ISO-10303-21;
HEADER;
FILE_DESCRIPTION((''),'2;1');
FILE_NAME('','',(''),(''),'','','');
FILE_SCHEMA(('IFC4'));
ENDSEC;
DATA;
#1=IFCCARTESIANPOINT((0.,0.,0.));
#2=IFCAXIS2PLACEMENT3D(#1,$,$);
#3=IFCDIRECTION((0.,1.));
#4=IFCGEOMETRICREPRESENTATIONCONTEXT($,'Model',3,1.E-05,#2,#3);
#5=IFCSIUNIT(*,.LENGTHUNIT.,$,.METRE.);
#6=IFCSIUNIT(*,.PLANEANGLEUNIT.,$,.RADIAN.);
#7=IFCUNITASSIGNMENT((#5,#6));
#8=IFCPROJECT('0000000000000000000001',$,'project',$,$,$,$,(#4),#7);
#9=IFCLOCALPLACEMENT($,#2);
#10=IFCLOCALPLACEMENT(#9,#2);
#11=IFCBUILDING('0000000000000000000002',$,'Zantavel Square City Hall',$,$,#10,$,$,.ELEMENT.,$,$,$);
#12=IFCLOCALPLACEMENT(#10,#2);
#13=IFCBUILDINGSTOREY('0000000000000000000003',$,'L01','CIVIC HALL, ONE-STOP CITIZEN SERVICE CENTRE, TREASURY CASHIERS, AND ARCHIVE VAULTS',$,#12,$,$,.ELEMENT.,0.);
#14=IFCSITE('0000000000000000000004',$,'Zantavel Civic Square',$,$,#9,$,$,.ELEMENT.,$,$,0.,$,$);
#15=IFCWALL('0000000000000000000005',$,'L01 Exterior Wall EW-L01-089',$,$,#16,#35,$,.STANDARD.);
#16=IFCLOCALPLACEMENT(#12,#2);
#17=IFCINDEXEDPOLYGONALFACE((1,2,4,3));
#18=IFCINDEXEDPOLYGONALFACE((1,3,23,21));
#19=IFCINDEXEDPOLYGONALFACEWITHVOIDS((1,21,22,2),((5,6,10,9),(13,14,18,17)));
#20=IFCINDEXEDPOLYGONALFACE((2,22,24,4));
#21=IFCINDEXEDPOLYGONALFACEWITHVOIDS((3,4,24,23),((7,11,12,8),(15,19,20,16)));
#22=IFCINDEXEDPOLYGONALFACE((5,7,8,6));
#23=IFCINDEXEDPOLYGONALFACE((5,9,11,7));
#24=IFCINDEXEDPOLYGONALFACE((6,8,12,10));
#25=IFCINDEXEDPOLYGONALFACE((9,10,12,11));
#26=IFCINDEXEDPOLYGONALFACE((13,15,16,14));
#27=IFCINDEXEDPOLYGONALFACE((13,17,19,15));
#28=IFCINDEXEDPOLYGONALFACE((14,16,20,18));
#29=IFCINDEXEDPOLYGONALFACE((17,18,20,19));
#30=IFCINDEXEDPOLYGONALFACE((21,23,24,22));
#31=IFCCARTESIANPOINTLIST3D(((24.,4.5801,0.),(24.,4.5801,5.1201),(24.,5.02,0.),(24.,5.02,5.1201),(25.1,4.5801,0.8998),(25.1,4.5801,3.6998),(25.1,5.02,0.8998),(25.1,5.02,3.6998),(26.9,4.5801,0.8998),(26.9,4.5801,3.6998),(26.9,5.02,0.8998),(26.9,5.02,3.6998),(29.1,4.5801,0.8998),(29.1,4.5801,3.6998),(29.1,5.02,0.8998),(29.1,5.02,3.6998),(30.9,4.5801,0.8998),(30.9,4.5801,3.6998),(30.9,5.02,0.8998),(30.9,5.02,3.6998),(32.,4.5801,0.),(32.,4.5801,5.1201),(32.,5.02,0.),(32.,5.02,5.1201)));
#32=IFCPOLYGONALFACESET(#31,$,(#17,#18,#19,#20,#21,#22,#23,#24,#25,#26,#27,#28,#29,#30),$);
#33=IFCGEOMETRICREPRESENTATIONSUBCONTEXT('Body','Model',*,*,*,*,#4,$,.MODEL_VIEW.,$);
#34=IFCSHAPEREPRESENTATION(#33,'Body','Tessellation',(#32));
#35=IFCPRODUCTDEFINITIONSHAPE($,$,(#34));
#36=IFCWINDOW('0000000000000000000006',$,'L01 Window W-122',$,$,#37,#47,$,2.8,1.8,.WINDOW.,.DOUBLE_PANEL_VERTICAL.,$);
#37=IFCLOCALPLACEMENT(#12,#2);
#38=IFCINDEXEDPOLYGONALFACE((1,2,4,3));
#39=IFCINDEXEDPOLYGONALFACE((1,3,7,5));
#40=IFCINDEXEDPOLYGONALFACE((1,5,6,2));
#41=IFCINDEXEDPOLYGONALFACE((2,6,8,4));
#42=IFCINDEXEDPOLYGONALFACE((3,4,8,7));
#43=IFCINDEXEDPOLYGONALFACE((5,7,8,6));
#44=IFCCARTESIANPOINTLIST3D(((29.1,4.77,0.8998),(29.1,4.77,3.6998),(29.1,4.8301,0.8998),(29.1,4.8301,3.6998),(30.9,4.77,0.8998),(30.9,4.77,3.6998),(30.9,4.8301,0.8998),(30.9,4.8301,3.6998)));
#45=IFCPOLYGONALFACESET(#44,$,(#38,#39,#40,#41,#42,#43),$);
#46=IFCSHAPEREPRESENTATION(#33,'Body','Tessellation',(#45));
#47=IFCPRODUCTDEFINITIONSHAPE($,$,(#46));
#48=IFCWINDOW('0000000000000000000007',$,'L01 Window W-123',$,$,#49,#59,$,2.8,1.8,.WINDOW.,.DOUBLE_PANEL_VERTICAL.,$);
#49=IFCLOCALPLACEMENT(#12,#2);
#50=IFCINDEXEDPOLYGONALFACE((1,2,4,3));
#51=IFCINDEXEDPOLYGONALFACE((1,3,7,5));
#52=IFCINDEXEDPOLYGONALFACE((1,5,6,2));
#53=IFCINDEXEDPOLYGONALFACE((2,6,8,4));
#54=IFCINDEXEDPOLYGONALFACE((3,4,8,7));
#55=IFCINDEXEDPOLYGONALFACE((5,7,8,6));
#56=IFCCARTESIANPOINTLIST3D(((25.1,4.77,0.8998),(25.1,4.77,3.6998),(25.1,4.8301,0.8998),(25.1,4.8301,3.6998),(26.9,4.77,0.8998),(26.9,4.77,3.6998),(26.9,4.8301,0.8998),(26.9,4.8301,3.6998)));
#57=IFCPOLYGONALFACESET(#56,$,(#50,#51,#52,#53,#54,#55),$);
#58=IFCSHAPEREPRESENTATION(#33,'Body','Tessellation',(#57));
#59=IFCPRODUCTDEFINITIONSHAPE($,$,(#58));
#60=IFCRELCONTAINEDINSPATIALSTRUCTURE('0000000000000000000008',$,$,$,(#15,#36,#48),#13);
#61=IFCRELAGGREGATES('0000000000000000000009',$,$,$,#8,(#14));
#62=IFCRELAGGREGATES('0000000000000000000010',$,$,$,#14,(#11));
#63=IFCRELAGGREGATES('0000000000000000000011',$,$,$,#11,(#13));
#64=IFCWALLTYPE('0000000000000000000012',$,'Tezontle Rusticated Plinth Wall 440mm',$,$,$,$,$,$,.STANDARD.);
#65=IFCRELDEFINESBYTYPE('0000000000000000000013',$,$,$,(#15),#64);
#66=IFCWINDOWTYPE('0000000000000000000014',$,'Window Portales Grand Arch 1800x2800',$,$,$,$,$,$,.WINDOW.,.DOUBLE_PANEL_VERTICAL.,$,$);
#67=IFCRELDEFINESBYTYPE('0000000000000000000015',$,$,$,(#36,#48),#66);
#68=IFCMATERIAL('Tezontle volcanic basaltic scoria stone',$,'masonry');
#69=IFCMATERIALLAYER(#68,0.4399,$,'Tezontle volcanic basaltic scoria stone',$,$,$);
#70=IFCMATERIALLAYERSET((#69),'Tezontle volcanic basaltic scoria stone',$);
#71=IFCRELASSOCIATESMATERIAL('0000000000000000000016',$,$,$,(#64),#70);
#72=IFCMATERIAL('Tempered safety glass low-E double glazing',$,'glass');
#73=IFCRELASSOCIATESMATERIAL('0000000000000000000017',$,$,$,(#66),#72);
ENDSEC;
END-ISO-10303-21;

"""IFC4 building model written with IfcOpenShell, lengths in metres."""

from ifc_helpers import new_model, si_unit, direction, frame, frame_2d, origin, place, context, subcontext, project, spatial, rectangle, extrude, material, layer, layer_set, type_object, element, fill, save


model = new_model("IFC4")

# Units and contexts
model_context = context("Model", 3, precision=1e-05, world=origin(), true_north=direction((0.0, 1.0)))
body_context = subcontext(model_context, "Body", "Model", "MODEL_VIEW")
ifc_project = project(units=[si_unit("LENGTHUNIT", "METRE"), si_unit("PLANEANGLEUNIT", "RADIAN")], contexts=[model_context])

# Site, building, storey
site_placement = place(None, origin())
site = spatial("IfcSite", under=ifc_project, at=site_placement, Name="Zantavel Civic Square", CompositionType="ELEMENT", RefElevation=0.0)
building_placement = place(site_placement, origin())
building = spatial("IfcBuilding", under=site, at=building_placement, Name="Zantavel Square City Hall", CompositionType="ELEMENT")
storey_placement = place(building_placement, origin())
storey = spatial("IfcBuildingStorey", under=building, at=storey_placement, Name="L01", Description="CIVIC HALL, ONE-STOP CITIZEN SERVICE CENTRE, TREASURY CASHIERS, AND ARCHIVE VAULTS", CompositionType="ELEMENT", Elevation=0.0)

# Shared definitions
ifc_material_1 = material(Name="Tezontle volcanic basaltic scoria stone", Category="masonry")
ifc_layer = layer(ifc_material_1, 0.4399, Name="Tezontle volcanic basaltic scoria stone")
ifc_layer_set = layer_set([ifc_layer], Name="Tezontle volcanic basaltic scoria stone")
wall_type = type_object("IfcWallType", Name="Tezontle Rusticated Plinth Wall 440mm", PredefinedType="STANDARD", material=ifc_layer_set)

# Shared definitions
ifc_material_2 = material(Name="Tempered safety glass low-E double glazing", Category="glass")
window_type = type_object("IfcWindowType", Name="Window Portales Grand Arch 1800x2800", PartitioningType="DOUBLE_PANEL_VERTICAL", PredefinedType="WINDOW", material=ifc_material_2)

# Wall, openings, windows
wall_1_placement = place(storey_placement, frame((32.0, 4.8, 0.0), z_axis=(0.0, 0.0, 1.0), x_axis=(-1.0, 0.0, 0.0)))
wall_1 = element("IfcWall", 1, at=wall_1_placement, inside=storey, type_object=wall_type, Name="L01 Exterior Wall EW-L01-089", PredefinedType="STANDARD", context=body_context, shape_type="SweptSolid", body=[
    extrude(rectangle(XDim=8.0, YDim=0.4399, at=frame_2d((4.0, 0.0))), origin(), (0.0, 0.0, 1.0), 5.1201),
])
opening_1_placement = place(wall_1_placement, frame((1.1001, 0.0, 0.8999)))
opening_1 = element("IfcOpeningElement", 2, at=opening_1_placement, cuts=wall_1, PredefinedType="OPENING", context=body_context, shape_type="SweptSolid", body=[
    extrude(rectangle(XDim=1.8, YDim=2.8, at=frame_2d((0.8999, 1.3999))), frame((0.0, 0.23, 0.0), z_axis=(0.0, -1.0, 0.0), x_axis=(1.0, 0.0, 0.0)), (0.0, 0.0, 1.0), 0.46),
])
opening_2_placement = place(wall_1_placement, frame((5.1001, 0.0, 0.8999)))
opening_2 = element("IfcOpeningElement", 3, at=opening_2_placement, cuts=wall_1, PredefinedType="OPENING", context=body_context, shape_type="SweptSolid", body=[
    extrude(rectangle(XDim=1.8, YDim=2.8, at=frame_2d((0.8999, 1.3999))), frame((0.0, 0.23, 0.0), z_axis=(0.0, -1.0, 0.0), x_axis=(1.0, 0.0, 0.0)), (0.0, 0.0, 1.0), 0.46),
])
window_1_placement = place(opening_1_placement, origin())
window_1 = element("IfcWindow", 4, at=window_1_placement, inside=storey, type_object=window_type, Name="L01 Window W-122", OverallHeight=2.8, OverallWidth=1.8, PartitioningType="DOUBLE_PANEL_VERTICAL", PredefinedType="WINDOW", context=body_context, shape_type="SweptSolid", body=[
    extrude(rectangle(XDim=1.8, YDim=2.8, at=frame_2d((0.8999, 1.3999))), frame((0.0, 0.03, 0.0), z_axis=(0.0, -1.0, 0.0), x_axis=(1.0, 0.0, 0.0)), (0.0, 0.0, 1.0), 0.0601),
])
fill(opening_1, window_1)
window_2_placement = place(opening_2_placement, origin())
window_2 = element("IfcWindow", 5, at=window_2_placement, inside=storey, type_object=window_type, Name="L01 Window W-123", OverallHeight=2.8, OverallWidth=1.8, PartitioningType="DOUBLE_PANEL_VERTICAL", PredefinedType="WINDOW", context=body_context, shape_type="SweptSolid", body=[
    extrude(rectangle(XDim=1.8, YDim=2.8, at=frame_2d((0.8999, 1.3999))), frame((0.0, 0.03, 0.0), z_axis=(0.0, -1.0, 0.0), x_axis=(1.0, 0.0, 0.0)), (0.0, 0.0, 1.0), 0.0601),
])
fill(opening_2, window_2)

save(model, "model.ifc")
